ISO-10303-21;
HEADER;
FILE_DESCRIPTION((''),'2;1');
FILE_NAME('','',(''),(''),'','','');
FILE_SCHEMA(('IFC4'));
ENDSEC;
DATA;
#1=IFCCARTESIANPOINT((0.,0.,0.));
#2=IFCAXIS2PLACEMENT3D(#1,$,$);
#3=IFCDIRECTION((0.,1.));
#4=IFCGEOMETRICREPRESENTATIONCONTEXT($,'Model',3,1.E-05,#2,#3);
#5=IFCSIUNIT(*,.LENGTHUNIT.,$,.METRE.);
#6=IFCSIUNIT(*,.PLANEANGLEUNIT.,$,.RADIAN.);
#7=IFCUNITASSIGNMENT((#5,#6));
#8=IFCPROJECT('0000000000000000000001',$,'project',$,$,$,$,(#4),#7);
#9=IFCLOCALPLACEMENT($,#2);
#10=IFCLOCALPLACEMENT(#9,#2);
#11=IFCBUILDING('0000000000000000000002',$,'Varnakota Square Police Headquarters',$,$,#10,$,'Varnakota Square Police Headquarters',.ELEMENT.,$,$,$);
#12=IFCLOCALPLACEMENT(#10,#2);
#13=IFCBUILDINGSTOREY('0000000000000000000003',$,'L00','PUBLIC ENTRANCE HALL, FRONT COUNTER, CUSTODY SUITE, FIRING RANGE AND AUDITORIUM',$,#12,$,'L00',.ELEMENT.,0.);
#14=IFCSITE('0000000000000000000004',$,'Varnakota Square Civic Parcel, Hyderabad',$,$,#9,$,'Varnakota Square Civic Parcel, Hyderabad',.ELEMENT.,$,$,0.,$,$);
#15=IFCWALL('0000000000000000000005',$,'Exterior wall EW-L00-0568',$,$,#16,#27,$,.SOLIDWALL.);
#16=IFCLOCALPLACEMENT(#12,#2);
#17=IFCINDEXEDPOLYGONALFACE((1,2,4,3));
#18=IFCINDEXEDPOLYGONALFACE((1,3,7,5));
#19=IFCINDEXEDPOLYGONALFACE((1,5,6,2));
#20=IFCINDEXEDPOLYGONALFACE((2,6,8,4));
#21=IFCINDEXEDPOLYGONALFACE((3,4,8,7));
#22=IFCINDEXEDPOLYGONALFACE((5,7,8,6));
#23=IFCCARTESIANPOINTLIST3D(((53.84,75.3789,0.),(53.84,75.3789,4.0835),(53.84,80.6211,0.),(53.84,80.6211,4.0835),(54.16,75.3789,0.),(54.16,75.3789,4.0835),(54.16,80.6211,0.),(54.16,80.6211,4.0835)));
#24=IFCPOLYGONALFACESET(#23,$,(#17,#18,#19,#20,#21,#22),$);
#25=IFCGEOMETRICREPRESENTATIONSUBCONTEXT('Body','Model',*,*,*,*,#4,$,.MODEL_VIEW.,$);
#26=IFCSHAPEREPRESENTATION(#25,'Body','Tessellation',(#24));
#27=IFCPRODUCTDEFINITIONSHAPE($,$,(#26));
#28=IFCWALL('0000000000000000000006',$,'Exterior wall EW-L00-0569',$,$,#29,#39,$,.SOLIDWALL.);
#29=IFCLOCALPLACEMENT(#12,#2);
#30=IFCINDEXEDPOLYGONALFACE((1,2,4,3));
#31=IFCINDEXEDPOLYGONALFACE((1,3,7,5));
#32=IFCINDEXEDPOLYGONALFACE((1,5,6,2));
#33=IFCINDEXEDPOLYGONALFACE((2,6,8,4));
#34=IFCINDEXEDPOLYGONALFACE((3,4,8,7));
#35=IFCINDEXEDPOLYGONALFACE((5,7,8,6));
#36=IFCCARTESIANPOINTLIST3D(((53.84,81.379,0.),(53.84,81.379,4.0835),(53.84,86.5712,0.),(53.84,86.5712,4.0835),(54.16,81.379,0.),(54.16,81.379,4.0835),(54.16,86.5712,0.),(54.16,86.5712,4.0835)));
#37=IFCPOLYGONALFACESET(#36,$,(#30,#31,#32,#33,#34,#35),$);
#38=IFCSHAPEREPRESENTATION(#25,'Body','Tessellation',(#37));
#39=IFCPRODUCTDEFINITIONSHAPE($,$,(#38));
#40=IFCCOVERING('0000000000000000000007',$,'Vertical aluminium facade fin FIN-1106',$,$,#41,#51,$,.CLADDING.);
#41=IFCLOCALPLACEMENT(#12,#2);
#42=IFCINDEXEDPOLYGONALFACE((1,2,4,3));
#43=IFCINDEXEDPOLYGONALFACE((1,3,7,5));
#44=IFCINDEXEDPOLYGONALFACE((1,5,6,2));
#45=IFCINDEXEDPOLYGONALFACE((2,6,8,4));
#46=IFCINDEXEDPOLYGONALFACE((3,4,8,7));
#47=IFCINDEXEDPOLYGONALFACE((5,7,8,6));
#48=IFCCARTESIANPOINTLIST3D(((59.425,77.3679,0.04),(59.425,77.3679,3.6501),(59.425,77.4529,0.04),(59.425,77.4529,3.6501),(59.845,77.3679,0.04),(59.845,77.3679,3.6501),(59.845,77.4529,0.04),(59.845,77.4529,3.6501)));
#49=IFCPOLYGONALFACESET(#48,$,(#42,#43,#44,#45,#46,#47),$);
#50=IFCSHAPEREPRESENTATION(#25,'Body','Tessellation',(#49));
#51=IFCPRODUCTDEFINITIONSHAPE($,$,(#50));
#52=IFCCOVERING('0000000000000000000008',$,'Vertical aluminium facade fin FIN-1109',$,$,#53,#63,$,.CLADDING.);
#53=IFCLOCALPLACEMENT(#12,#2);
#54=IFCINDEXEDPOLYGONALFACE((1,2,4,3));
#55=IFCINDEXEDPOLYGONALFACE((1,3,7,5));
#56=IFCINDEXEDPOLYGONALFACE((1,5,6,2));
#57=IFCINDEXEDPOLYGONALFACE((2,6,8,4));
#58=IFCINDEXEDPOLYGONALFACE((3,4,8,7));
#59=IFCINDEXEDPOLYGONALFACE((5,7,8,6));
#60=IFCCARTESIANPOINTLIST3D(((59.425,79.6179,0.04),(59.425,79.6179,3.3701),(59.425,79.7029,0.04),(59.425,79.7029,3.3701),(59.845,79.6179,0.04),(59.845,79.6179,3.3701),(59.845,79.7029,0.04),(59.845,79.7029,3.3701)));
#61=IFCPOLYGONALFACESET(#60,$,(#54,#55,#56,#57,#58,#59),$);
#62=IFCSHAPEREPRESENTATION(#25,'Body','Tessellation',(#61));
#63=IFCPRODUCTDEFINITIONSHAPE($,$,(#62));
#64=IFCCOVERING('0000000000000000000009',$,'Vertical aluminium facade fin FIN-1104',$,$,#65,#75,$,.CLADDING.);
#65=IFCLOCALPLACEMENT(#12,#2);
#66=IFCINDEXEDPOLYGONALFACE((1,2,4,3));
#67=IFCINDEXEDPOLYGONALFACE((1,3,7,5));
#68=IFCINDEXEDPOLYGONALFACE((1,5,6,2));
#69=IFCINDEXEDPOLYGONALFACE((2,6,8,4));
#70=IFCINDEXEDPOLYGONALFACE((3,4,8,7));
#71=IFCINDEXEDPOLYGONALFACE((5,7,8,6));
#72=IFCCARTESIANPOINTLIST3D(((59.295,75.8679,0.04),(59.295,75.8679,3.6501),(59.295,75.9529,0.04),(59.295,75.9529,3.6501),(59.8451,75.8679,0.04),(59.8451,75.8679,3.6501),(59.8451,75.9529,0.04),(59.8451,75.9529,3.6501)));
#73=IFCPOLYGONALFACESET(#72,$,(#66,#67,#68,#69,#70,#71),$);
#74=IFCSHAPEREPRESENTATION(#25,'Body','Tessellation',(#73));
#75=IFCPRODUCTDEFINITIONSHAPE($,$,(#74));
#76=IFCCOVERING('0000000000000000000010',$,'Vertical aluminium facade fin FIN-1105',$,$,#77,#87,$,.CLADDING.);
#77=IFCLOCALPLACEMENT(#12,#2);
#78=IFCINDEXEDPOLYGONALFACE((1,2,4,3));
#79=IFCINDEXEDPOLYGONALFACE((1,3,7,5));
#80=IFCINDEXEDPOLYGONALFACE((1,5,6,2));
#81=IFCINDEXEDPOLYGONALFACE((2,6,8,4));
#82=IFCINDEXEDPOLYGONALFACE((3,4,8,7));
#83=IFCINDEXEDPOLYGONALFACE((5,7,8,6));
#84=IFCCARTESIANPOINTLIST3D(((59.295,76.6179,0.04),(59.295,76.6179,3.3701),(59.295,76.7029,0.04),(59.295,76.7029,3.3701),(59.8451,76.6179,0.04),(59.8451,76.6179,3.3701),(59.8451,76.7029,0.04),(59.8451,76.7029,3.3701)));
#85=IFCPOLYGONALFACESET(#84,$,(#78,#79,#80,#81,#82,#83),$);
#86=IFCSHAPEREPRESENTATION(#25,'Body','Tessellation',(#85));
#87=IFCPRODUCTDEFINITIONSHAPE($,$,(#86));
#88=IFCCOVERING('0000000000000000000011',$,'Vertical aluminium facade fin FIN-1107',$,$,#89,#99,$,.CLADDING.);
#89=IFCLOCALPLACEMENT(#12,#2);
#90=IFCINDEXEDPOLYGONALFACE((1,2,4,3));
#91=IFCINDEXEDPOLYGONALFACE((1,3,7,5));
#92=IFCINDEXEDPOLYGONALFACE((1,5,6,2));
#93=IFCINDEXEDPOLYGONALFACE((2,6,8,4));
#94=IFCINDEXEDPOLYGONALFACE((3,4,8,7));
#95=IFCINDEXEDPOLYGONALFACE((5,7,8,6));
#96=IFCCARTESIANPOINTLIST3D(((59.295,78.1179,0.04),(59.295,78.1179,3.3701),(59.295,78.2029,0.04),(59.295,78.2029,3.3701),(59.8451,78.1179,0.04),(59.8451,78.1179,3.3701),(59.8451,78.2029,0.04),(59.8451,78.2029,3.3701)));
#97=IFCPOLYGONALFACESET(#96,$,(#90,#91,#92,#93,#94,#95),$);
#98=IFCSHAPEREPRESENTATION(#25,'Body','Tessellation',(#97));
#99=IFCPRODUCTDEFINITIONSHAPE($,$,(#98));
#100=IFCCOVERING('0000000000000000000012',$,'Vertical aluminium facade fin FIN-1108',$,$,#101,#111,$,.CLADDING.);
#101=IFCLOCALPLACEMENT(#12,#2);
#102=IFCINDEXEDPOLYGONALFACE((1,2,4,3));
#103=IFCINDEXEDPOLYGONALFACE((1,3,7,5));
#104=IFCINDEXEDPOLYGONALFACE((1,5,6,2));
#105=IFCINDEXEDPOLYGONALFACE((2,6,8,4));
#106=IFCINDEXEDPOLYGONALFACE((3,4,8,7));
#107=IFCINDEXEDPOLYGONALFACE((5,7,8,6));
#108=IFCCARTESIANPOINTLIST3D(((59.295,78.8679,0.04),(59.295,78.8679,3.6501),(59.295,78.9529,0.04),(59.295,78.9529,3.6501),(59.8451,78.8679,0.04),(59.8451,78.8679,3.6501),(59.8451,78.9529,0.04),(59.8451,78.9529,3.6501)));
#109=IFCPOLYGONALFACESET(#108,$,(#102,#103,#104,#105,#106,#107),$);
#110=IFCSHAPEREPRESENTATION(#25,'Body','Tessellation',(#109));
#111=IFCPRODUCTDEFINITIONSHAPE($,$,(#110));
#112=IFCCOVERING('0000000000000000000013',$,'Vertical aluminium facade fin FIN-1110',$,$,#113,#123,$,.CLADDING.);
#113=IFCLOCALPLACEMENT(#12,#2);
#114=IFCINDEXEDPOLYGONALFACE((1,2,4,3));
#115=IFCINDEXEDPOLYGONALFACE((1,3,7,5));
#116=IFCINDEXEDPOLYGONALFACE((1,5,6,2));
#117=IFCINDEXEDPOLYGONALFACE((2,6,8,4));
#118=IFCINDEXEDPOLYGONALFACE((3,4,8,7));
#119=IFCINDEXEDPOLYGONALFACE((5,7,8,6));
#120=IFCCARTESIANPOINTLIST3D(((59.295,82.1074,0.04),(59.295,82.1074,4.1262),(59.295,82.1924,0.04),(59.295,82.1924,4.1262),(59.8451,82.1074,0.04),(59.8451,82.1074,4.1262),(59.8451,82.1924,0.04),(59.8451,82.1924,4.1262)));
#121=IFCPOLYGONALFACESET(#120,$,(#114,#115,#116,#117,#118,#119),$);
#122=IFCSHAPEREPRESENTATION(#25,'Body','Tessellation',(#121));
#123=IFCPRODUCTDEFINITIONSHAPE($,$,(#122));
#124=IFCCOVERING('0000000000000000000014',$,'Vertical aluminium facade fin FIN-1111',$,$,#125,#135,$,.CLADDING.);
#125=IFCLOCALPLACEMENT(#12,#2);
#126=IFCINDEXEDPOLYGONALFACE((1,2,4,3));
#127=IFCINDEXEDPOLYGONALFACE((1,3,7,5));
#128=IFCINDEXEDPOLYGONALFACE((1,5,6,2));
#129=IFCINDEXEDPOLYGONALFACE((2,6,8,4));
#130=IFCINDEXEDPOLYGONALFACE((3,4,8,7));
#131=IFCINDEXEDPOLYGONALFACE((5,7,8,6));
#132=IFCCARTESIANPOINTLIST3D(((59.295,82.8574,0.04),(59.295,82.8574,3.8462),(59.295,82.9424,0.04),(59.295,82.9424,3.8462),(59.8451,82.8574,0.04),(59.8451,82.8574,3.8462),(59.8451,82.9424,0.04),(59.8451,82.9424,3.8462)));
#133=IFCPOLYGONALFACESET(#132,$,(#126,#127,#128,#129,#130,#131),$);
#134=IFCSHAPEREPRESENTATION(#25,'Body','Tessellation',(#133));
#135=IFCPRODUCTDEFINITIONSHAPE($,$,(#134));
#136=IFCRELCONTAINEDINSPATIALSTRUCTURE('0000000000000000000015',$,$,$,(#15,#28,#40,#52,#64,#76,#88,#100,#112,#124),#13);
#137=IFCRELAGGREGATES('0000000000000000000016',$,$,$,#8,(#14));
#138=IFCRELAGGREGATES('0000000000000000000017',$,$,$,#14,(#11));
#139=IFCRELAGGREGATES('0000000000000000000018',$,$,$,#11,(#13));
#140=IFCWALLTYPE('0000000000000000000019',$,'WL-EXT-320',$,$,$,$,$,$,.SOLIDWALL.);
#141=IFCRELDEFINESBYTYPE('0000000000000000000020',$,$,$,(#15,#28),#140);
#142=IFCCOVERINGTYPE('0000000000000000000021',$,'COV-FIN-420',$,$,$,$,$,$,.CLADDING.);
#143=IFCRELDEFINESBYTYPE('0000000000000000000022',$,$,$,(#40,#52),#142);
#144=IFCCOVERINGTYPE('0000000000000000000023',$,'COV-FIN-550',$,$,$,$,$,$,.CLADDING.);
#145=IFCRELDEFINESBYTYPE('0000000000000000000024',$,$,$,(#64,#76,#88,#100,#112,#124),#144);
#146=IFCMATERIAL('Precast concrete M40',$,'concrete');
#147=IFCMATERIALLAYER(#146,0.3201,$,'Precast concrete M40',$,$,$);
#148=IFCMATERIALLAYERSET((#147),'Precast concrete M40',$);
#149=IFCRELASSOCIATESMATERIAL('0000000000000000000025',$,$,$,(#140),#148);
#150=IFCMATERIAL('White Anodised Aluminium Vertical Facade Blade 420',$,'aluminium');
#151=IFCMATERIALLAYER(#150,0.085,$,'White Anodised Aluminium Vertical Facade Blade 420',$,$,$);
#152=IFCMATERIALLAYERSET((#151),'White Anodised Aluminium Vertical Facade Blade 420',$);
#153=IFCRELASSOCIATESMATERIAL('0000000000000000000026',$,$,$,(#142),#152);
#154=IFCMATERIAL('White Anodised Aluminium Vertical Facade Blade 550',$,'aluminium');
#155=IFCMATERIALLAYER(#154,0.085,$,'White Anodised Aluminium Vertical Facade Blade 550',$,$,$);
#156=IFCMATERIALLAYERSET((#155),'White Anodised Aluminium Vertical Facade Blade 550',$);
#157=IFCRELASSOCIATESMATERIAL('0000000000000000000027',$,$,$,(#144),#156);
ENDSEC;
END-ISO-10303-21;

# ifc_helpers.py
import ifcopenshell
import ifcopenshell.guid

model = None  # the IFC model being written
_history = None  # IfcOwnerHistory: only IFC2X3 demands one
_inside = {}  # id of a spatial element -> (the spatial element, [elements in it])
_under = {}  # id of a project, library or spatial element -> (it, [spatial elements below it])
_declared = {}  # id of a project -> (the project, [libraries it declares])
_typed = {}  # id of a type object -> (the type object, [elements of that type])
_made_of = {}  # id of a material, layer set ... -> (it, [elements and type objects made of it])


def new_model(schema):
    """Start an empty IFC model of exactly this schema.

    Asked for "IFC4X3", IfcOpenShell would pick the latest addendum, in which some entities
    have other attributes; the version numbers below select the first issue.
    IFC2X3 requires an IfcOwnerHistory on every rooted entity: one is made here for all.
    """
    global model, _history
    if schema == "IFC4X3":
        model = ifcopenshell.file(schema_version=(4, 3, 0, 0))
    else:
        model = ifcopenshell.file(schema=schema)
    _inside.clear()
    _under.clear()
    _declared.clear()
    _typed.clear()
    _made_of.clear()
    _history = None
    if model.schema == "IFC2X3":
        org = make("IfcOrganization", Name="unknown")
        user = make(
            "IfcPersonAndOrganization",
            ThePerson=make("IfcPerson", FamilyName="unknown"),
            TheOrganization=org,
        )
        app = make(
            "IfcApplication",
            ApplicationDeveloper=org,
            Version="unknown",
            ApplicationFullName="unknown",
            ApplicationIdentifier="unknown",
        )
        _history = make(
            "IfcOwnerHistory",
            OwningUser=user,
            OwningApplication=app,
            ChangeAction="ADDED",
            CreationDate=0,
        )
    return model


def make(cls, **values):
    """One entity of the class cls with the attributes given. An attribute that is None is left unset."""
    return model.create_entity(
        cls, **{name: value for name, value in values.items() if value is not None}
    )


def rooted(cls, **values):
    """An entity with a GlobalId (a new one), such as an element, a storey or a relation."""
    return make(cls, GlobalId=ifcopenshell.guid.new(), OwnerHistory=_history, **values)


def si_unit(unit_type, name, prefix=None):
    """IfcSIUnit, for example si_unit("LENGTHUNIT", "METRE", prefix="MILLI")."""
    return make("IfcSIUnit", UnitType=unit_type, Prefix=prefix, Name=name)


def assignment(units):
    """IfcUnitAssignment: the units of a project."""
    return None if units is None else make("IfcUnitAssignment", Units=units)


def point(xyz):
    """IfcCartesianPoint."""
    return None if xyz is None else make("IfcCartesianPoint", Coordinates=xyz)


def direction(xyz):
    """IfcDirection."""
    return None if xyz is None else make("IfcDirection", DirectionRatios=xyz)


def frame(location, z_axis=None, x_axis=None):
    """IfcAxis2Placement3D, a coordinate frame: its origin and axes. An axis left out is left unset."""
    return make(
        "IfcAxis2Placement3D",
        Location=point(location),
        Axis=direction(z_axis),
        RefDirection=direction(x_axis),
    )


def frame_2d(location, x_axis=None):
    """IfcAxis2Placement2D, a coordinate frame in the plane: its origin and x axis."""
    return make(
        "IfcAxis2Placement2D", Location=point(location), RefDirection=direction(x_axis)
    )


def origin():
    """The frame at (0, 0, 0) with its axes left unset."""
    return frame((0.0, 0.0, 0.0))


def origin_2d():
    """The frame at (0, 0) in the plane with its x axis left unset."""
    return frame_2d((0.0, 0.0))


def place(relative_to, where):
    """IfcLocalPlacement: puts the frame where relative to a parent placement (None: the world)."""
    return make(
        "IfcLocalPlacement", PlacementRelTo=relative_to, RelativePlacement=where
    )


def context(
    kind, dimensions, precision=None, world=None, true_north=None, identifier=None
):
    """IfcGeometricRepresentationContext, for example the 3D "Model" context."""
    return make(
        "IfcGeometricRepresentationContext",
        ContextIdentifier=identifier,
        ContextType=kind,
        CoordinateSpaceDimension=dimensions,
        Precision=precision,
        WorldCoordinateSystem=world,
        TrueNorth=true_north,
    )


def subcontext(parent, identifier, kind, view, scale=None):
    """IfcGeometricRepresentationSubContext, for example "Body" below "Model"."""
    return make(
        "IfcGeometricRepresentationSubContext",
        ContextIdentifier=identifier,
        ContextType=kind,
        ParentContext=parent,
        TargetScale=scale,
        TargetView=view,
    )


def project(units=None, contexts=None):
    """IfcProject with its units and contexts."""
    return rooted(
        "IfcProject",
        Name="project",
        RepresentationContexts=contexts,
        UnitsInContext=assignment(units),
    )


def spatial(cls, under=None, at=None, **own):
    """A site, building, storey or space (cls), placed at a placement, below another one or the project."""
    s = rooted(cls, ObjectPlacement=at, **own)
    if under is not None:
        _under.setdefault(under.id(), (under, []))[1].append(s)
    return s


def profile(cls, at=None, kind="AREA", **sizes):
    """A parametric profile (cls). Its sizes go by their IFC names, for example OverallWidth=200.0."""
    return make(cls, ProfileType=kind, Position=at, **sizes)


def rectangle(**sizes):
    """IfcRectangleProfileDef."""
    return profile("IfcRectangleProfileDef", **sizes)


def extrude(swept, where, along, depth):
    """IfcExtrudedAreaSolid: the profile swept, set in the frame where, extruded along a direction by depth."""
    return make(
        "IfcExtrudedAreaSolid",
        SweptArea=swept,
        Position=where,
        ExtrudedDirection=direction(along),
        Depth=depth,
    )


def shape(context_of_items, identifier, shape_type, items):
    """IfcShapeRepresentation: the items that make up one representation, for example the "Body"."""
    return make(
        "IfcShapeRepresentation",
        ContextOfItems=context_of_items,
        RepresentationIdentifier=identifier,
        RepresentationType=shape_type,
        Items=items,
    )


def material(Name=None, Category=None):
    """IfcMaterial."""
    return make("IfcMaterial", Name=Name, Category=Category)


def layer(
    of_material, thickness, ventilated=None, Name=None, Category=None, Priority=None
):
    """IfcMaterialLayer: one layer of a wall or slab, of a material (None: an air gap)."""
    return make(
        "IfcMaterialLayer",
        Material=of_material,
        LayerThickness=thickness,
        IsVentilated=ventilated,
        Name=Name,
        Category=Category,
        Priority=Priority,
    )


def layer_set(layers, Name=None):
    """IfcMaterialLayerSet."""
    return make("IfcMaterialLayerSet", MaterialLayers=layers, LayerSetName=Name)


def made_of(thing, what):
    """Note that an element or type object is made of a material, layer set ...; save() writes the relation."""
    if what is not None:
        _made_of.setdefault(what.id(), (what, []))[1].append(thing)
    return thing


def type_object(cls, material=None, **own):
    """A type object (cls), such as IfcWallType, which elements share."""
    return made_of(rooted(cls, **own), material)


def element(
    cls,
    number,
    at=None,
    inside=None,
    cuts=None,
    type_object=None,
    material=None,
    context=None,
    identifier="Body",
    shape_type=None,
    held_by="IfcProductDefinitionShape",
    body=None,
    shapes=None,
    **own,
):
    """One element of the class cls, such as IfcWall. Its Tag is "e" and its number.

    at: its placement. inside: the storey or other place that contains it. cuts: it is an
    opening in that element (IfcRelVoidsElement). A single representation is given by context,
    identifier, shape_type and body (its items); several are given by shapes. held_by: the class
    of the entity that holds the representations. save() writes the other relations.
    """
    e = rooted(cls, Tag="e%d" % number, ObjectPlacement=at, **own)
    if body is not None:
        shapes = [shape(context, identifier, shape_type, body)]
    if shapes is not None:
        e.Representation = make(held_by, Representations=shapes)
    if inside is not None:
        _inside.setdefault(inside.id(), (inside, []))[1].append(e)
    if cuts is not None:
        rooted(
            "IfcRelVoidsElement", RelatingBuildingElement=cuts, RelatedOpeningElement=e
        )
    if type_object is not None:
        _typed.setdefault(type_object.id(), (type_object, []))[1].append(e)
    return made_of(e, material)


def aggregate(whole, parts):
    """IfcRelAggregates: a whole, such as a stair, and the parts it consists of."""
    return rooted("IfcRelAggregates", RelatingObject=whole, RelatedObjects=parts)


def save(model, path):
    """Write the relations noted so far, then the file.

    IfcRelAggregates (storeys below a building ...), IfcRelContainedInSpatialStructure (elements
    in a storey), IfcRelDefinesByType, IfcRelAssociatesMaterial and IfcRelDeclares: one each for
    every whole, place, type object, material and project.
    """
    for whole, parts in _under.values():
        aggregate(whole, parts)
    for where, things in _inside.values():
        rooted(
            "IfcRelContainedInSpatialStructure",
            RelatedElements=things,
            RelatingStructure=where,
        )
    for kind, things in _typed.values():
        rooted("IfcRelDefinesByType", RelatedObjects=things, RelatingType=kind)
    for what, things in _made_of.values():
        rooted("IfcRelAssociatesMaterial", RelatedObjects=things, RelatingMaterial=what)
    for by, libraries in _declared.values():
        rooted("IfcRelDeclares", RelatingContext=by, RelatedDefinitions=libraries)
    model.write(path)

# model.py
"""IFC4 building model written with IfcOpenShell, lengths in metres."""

from ifc_helpers import new_model, si_unit, direction, frame, frame_2d, origin, origin_2d, place, context, subcontext, project, spatial, rectangle, extrude, material, layer, layer_set, type_object, element, save


model = new_model("IFC4")

# Units and contexts
model_context = context("Model", 3, precision=1e-05, world=origin(), true_north=direction((0.0, 1.0)))
body_context = subcontext(model_context, "Body", "Model", "MODEL_VIEW")
ifc_project = project(units=[si_unit("LENGTHUNIT", "METRE"), si_unit("PLANEANGLEUNIT", "RADIAN")], contexts=[model_context])

# Site, building, storey
site_placement = place(None, origin())
site = spatial("IfcSite", under=ifc_project, at=site_placement, Name="Varnakota Square Civic Parcel, Hyderabad", LongName="Varnakota Square Civic Parcel, Hyderabad", CompositionType="ELEMENT", RefElevation=0.0)
building_placement = place(site_placement, origin())
building = spatial("IfcBuilding", under=site, at=building_placement, Name="Varnakota Square Police Headquarters", LongName="Varnakota Square Police Headquarters", CompositionType="ELEMENT")
storey_placement = place(building_placement, origin())
storey = spatial("IfcBuildingStorey", under=building, at=storey_placement, Name="L00", Description="PUBLIC ENTRANCE HALL, FRONT COUNTER, CUSTODY SUITE, FIRING RANGE AND AUDITORIUM", LongName="L00", CompositionType="ELEMENT", Elevation=0.0)

# Walls
ifc_material_1 = material(Name="Precast concrete M40", Category="concrete")
ifc_layer_1 = layer(ifc_material_1, 0.3201, Name="Precast concrete M40")
ifc_layer_set_1 = layer_set([ifc_layer_1], Name="Precast concrete M40")
wall_type = type_object("IfcWallType", Name="WL-EXT-320", PredefinedType="SOLIDWALL", material=ifc_layer_set_1)
wall_1_placement = place(storey_placement, frame((54.0, 75.3789, 0.0), z_axis=(0.0, 0.0, 1.0), x_axis=(0.0, 1.0, 0.0)))
element("IfcWall", 1, at=wall_1_placement, inside=storey, type_object=wall_type, Name="Exterior wall EW-L00-0568", PredefinedType="SOLIDWALL", context=body_context, shape_type="SweptSolid", body=[
    extrude(rectangle(XDim=5.2422, YDim=0.3201, at=frame_2d((2.6211, 0.0))), origin(), (0.0, 0.0, 1.0), 4.0835),
])
wall_2_placement = place(storey_placement, frame((54.0, 81.3789, 0.0), z_axis=(0.0, 0.0, 1.0), x_axis=(0.0, 1.0, 0.0)))
element("IfcWall", 2, at=wall_2_placement, inside=storey, type_object=wall_type, Name="Exterior wall EW-L00-0569", PredefinedType="SOLIDWALL", context=body_context, shape_type="SweptSolid", body=[
    extrude(rectangle(XDim=5.1921, YDim=0.3201, at=frame_2d((2.5962, 0.0))), origin(), (0.0, 0.0, 1.0), 4.0835),
])

# Coverings
ifc_material_2 = material(Name="White Anodised Aluminium Vertical Facade Blade 420", Category="aluminium")
ifc_layer_2 = layer(ifc_material_2, 0.085, Name="White Anodised Aluminium Vertical Facade Blade 420")
ifc_layer_set_2 = layer_set([ifc_layer_2], Name="White Anodised Aluminium Vertical Facade Blade 420")
covering_type_1 = type_object("IfcCoveringType", Name="COV-FIN-420", PredefinedType="CLADDING", material=ifc_layer_set_2)
covering_1_placement = place(storey_placement, frame((59.635, 77.4104, 0.04), z_axis=(0.0, 0.0, 1.0), x_axis=(0.0, 1.0, 0.0)))
element("IfcCovering", 3, at=covering_1_placement, inside=storey, type_object=covering_type_1, Name="Vertical aluminium facade fin FIN-1106", PredefinedType="CLADDING", context=body_context, shape_type="SweptSolid", body=[
    extrude(rectangle(XDim=0.085, YDim=0.4199, at=origin_2d()), origin(), (0.0, 0.0, 1.0), 3.6101),
])
covering_2_placement = place(storey_placement, frame((59.635, 79.6604, 0.04), z_axis=(0.0, 0.0, 1.0), x_axis=(0.0, 1.0, 0.0)))
element("IfcCovering", 4, at=covering_2_placement, inside=storey, type_object=covering_type_1, Name="Vertical aluminium facade fin FIN-1109", PredefinedType="CLADDING", context=body_context, shape_type="SweptSolid", body=[
    extrude(rectangle(XDim=0.085, YDim=0.4199, at=origin_2d()), origin(), (0.0, 0.0, 1.0), 3.3301),
])
ifc_material_3 = material(Name="White Anodised Aluminium Vertical Facade Blade 550", Category="aluminium")
ifc_layer_3 = layer(ifc_material_3, 0.085, Name="White Anodised Aluminium Vertical Facade Blade 550")
ifc_layer_set_3 = layer_set([ifc_layer_3], Name="White Anodised Aluminium Vertical Facade Blade 550")
covering_type_2 = type_object("IfcCoveringType", Name="COV-FIN-550", PredefinedType="CLADDING", material=ifc_layer_set_3)
covering_3_placement = place(storey_placement, frame((59.5701, 75.9104, 0.04), z_axis=(0.0, 0.0, 1.0), x_axis=(0.0, 1.0, 0.0)))
element("IfcCovering", 5, at=covering_3_placement, inside=storey, type_object=covering_type_2, Name="Vertical aluminium facade fin FIN-1104", PredefinedType="CLADDING", context=body_context, shape_type="SweptSolid", body=[
    extrude(rectangle(XDim=0.085, YDim=0.55, at=origin_2d()), origin(), (0.0, 0.0, 1.0), 3.6101),
])
for number, where, z_axis, x_axis, name in (
    (6, (59.5701, 76.6604, 0.04), (0.0, 0.0, 1.0), (0.0, 1.0, 0.0), "Vertical aluminium facade fin FIN-1105"),
    (7, (59.5701, 78.1604, 0.04), (0.0, 0.0, 1.0), (0.0, 1.0, 0.0), "Vertical aluminium facade fin FIN-1107"),
):
    element("IfcCovering", number, at=place(storey_placement, frame(where, z_axis=z_axis, x_axis=x_axis)), inside=storey, type_object=covering_type_2, Name=name, PredefinedType="CLADDING", context=body_context, shape_type="SweptSolid", body=[
        extrude(rectangle(XDim=0.085, YDim=0.55, at=origin_2d()), origin(), (0.0, 0.0, 1.0), 3.3301),
    ])
covering_4_placement = place(storey_placement, frame((59.5701, 78.9104, 0.04), z_axis=(0.0, 0.0, 1.0), x_axis=(0.0, 1.0, 0.0)))
element("IfcCovering", 8, at=covering_4_placement, inside=storey, type_object=covering_type_2, Name="Vertical aluminium facade fin FIN-1108", PredefinedType="CLADDING", context=body_context, shape_type="SweptSolid", body=[
    extrude(rectangle(XDim=0.085, YDim=0.55, at=origin_2d()), origin(), (0.0, 0.0, 1.0), 3.6101),
])
covering_5_placement = place(storey_placement, frame((59.5701, 82.1499, 0.04), z_axis=(0.0, 0.0, 1.0), x_axis=(0.0, 1.0, 0.0)))
element("IfcCovering", 9, at=covering_5_placement, inside=storey, type_object=covering_type_2, Name="Vertical aluminium facade fin FIN-1110", PredefinedType="CLADDING", context=body_context, shape_type="SweptSolid", body=[
    extrude(rectangle(XDim=0.085, YDim=0.55, at=origin_2d()), origin(), (0.0, 0.0, 1.0), 4.0862),
])
covering_6_placement = place(storey_placement, frame((59.5701, 82.8999, 0.04), z_axis=(0.0, 0.0, 1.0), x_axis=(0.0, 1.0, 0.0)))
element("IfcCovering", 10, at=covering_6_placement, inside=storey, type_object=covering_type_2, Name="Vertical aluminium facade fin FIN-1111", PredefinedType="CLADDING", context=body_context, shape_type="SweptSolid", body=[
    extrude(rectangle(XDim=0.085, YDim=0.55, at=origin_2d()), origin(), (0.0, 0.0, 1.0), 3.8062),
])

save(model, "model.ifc")
